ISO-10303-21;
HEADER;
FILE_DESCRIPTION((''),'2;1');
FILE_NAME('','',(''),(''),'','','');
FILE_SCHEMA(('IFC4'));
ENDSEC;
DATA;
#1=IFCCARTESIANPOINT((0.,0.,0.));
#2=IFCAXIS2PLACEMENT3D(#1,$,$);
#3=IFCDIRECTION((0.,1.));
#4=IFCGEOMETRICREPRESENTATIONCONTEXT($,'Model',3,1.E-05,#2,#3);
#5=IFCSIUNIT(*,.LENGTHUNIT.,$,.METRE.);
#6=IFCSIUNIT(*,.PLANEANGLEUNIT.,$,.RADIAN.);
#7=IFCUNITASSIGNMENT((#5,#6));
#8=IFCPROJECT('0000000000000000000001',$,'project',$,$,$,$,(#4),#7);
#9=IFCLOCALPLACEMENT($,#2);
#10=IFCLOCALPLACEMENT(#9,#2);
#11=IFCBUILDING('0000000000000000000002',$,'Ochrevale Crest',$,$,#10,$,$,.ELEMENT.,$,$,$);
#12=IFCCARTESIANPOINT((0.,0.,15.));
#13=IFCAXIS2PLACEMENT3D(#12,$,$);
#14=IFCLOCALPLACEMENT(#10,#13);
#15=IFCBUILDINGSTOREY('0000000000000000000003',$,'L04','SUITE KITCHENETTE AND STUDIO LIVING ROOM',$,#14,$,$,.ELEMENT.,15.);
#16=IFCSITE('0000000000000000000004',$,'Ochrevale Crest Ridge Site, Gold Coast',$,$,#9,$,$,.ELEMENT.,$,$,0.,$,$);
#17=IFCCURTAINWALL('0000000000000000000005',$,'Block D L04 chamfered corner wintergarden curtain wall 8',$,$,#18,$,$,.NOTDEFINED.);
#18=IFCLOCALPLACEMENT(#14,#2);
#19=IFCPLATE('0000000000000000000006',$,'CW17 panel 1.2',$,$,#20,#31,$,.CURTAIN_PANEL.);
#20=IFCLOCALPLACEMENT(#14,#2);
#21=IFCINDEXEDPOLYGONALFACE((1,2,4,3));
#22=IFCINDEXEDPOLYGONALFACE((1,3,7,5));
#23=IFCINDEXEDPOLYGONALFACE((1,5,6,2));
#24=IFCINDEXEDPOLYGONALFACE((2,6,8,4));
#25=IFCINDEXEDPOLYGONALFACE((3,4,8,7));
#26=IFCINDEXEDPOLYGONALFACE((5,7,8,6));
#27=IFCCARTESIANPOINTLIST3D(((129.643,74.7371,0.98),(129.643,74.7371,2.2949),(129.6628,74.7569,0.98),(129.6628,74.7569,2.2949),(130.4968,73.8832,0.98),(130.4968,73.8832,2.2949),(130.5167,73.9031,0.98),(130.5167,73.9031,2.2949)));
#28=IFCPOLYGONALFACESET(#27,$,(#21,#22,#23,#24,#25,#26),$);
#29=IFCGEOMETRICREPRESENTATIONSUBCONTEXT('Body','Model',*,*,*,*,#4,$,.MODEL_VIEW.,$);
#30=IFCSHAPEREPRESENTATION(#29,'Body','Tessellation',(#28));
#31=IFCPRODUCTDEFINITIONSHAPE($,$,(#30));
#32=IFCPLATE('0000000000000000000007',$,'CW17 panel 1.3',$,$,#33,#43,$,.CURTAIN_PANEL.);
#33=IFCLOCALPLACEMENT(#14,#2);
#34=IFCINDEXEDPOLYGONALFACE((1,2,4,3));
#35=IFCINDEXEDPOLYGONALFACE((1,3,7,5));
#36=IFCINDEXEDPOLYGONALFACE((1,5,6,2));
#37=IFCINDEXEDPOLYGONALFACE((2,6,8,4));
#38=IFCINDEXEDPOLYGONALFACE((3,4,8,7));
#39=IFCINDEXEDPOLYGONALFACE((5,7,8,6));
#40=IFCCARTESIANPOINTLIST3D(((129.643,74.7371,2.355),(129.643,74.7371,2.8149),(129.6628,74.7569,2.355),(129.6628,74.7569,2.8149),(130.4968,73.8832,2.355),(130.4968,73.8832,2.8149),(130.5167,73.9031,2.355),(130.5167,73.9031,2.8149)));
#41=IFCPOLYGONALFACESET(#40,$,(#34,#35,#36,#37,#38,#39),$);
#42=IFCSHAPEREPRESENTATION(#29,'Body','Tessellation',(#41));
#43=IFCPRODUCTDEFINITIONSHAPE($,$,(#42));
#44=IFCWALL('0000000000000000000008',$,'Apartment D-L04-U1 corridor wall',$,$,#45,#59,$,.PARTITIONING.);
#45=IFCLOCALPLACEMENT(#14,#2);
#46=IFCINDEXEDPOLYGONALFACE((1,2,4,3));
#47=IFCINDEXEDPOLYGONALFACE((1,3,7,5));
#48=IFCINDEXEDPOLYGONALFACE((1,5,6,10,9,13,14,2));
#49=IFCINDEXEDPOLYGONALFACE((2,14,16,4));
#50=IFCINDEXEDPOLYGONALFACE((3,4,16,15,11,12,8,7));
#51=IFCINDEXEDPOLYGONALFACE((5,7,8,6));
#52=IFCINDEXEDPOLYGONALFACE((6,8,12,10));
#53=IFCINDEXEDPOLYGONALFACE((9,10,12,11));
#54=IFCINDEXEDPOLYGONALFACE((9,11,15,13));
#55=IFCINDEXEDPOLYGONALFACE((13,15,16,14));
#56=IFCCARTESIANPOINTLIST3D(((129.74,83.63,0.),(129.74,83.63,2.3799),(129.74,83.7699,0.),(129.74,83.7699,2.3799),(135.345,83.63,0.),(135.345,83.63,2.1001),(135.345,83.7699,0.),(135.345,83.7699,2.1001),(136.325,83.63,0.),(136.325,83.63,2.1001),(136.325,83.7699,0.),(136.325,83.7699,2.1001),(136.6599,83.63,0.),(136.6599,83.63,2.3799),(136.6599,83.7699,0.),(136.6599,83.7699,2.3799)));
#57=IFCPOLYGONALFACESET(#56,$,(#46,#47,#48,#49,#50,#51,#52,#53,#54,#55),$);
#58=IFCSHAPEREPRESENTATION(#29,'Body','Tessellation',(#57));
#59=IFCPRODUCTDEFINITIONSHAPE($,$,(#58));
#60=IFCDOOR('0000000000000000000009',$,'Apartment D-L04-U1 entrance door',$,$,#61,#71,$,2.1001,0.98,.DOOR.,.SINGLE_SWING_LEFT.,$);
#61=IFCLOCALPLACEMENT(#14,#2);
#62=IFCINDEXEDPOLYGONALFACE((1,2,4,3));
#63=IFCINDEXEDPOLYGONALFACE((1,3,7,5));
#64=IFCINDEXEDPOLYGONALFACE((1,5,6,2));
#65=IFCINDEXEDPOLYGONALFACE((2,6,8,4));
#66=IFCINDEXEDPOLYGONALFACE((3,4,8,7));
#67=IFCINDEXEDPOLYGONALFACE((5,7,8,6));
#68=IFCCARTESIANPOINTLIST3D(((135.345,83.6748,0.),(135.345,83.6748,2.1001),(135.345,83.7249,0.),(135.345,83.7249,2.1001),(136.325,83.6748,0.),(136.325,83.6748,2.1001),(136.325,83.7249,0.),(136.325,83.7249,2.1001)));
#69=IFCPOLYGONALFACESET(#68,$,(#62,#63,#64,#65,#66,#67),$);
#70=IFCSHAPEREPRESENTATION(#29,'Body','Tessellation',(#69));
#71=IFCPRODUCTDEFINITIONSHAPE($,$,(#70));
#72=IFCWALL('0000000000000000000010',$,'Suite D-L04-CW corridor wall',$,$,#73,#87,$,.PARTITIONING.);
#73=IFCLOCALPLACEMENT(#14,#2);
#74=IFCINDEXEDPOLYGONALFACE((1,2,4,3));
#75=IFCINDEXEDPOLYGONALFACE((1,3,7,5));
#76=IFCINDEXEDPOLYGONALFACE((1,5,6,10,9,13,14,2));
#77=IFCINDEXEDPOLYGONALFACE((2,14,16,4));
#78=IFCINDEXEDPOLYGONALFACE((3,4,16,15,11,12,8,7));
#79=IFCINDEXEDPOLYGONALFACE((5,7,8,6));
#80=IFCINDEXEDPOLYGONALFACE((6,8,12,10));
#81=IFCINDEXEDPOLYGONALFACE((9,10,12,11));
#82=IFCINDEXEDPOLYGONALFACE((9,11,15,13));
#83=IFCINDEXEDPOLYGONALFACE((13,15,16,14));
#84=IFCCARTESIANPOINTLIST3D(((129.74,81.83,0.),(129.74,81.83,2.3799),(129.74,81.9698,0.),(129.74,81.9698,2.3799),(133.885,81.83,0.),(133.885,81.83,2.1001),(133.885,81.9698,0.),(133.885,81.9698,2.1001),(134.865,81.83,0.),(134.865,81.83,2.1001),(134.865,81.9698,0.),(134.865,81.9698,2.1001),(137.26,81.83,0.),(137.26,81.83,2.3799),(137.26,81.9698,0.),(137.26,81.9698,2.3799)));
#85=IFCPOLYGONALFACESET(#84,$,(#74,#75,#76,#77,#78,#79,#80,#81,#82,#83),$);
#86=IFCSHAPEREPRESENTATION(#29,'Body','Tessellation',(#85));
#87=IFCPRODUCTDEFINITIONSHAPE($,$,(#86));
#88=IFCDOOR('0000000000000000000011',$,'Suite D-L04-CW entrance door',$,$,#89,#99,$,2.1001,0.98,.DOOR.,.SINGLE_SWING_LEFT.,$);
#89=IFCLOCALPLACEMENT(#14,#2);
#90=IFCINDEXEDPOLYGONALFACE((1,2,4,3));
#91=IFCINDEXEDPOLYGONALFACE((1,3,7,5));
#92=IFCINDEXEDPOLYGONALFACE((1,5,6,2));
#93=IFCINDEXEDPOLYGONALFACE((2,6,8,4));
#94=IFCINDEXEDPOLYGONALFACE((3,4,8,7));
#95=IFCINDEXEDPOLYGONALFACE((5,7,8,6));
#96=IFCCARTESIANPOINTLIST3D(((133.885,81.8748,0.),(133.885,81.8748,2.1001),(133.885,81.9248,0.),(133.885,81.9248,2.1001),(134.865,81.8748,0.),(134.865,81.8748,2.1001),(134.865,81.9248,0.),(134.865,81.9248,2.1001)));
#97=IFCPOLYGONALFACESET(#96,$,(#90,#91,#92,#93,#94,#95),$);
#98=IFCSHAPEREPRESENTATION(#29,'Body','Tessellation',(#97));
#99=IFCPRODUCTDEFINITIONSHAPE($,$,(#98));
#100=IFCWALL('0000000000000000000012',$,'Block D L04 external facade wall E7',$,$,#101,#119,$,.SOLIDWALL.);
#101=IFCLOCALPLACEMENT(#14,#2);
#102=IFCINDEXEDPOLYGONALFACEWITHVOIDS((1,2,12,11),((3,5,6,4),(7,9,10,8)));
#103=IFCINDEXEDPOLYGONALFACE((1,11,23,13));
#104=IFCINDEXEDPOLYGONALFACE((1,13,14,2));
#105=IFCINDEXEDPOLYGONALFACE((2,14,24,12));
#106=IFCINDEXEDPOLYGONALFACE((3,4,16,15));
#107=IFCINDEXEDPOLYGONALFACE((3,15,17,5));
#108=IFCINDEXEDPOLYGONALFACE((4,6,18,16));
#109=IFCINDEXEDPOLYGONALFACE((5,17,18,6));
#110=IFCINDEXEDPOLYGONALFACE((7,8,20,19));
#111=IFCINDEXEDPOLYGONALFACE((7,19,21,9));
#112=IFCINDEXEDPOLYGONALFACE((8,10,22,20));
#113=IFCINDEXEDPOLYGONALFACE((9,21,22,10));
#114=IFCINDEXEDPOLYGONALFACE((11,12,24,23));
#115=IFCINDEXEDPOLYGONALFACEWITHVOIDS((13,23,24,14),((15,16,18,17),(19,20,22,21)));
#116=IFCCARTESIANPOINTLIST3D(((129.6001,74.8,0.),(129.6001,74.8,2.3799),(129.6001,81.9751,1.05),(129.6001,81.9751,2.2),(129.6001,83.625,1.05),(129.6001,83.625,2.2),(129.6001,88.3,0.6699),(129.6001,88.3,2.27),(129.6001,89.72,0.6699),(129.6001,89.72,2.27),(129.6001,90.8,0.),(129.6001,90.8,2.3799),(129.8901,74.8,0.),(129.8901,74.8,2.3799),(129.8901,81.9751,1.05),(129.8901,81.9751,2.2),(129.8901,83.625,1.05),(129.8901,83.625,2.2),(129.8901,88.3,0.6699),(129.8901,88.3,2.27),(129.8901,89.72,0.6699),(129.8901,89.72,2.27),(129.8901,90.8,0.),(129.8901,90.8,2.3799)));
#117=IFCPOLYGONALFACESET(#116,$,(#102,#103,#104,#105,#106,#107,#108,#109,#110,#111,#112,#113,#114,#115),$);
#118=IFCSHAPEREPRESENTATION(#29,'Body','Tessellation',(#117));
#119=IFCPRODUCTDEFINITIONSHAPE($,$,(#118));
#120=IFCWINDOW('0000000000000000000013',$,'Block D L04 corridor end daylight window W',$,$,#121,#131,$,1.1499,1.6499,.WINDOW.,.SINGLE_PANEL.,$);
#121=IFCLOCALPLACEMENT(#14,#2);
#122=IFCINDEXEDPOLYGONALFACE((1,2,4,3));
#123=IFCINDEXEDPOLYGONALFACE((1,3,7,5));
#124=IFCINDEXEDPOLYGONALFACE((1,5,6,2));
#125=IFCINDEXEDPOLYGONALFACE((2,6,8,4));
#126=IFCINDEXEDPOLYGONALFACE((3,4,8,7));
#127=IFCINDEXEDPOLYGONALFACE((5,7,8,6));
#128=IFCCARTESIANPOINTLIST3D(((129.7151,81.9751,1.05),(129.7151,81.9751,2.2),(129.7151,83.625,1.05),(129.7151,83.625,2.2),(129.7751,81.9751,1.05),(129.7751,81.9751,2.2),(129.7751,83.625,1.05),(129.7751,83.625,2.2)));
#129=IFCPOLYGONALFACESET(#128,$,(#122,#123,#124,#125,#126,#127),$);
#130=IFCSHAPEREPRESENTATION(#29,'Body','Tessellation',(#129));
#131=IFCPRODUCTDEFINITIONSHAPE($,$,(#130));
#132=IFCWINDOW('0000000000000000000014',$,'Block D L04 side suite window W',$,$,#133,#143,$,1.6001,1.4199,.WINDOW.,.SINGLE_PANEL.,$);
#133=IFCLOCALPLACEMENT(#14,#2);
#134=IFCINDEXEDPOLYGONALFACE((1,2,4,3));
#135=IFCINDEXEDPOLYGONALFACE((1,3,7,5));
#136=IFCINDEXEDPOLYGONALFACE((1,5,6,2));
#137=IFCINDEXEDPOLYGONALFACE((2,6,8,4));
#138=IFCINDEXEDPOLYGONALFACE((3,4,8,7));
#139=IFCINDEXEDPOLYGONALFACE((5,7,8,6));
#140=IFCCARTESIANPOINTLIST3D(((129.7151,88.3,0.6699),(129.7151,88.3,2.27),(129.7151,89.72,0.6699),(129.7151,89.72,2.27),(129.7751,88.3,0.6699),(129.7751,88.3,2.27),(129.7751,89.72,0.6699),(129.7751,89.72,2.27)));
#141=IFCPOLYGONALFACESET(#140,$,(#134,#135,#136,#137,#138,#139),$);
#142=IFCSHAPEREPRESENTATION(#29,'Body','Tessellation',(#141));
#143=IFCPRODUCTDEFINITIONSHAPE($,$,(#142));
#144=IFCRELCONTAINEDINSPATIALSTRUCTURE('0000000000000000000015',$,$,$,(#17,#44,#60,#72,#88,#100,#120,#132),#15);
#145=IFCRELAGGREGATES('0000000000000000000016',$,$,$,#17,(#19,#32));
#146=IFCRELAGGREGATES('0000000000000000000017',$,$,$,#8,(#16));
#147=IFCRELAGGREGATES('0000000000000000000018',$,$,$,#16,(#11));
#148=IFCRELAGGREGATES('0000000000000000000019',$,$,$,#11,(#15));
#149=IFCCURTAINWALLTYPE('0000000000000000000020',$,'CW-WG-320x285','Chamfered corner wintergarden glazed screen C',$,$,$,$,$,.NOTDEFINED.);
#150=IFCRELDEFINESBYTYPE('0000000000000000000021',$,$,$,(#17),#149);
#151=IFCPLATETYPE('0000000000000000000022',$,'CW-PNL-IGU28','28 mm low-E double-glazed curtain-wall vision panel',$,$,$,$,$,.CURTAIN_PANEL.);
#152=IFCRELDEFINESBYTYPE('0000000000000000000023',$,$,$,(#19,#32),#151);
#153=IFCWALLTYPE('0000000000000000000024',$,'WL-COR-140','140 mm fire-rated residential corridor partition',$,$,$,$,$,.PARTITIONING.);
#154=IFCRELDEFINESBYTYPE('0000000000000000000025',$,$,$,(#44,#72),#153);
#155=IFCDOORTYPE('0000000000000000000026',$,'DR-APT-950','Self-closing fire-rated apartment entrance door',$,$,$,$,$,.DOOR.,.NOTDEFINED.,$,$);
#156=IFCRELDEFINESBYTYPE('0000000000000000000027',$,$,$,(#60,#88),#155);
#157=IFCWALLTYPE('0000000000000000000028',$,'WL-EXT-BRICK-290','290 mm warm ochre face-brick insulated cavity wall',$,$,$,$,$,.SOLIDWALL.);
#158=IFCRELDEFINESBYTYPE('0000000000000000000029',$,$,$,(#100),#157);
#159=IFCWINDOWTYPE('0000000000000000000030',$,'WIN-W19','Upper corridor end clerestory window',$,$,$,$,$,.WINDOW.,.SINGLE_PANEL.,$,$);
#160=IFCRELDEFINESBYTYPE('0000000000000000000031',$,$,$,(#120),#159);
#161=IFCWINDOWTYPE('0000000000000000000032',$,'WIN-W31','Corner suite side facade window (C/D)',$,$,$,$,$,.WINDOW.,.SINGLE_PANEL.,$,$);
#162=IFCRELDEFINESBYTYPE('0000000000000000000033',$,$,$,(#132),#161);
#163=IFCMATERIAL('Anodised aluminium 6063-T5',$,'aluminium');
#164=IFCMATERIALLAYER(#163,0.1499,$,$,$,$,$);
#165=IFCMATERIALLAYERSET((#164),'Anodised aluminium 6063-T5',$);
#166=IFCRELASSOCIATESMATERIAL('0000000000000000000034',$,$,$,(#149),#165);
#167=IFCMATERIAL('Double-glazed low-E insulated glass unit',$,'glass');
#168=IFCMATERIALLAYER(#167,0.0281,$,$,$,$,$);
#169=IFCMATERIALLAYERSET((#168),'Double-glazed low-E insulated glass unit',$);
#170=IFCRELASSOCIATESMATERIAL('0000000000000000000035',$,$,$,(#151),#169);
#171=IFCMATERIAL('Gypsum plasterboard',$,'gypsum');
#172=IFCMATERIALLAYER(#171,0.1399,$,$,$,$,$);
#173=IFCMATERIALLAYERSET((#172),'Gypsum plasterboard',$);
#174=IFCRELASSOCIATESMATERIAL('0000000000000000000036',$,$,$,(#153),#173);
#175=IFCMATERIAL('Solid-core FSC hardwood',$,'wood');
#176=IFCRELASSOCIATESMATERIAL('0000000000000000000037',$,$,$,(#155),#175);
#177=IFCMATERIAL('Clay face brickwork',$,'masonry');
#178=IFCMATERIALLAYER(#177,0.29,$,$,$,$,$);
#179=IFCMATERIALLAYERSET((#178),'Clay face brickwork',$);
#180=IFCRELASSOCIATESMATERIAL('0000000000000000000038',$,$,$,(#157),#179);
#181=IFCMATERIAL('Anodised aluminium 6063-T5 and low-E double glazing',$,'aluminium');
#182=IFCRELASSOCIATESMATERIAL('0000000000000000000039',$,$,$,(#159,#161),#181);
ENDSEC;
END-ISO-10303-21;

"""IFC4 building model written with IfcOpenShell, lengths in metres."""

from ifc_helpers import new_model, si_unit, direction, frame, frame_2d, origin, origin_2d, place, context, subcontext, project, spatial, rectangle, extrude, material, layer, layer_set, type_object, element, fill, aggregate, save


model = new_model("IFC4")

# Units and contexts
model_context = context("Model", 3, precision=1e-05, world=origin(), true_north=direction((0.0, 1.0)))
body_context = subcontext(model_context, "Body", "Model", "MODEL_VIEW")
ifc_project = project(units=[si_unit("LENGTHUNIT", "METRE"), si_unit("PLANEANGLEUNIT", "RADIAN")], contexts=[model_context])

# Site, building, storey
site_placement = place(None, origin())
site = spatial("IfcSite", under=ifc_project, at=site_placement, Name="Ochrevale Crest Ridge Site, Gold Coast", CompositionType="ELEMENT", RefElevation=0.0)
building_placement = place(site_placement, origin())
building = spatial("IfcBuilding", under=site, at=building_placement, Name="Ochrevale Crest", CompositionType="ELEMENT")
storey_placement = place(building_placement, frame((0.0, 0.0, 15.0)))
storey = spatial("IfcBuildingStorey", under=building, at=storey_placement, Name="L04", Description="SUITE KITCHENETTE AND STUDIO LIVING ROOM", CompositionType="ELEMENT", Elevation=15.0)

# Curtain wall
ifc_material_1 = material(Name="Anodised aluminium 6063-T5", Category="aluminium")
ifc_layer_1 = layer(ifc_material_1, 0.1499)
ifc_layer_set_1 = layer_set([ifc_layer_1], Name="Anodised aluminium 6063-T5")
curtain_wall_type_1 = type_object("IfcCurtainWallType", Name="CW-WG-320x285", Description="Chamfered corner wintergarden glazed screen C", PredefinedType="NOTDEFINED", material=ifc_layer_set_1)
curtain_wall_1_placement = place(storey_placement, origin())
curtain_wall_1 = element("IfcCurtainWall", 1, at=curtain_wall_1_placement, inside=storey, type_object=curtain_wall_type_1, Name="Block D L04 chamfered corner wintergarden curtain wall 8", PredefinedType="NOTDEFINED")

# Plates
ifc_material_2 = material(Name="Double-glazed low-E insulated glass unit", Category="glass")
ifc_layer_2 = layer(ifc_material_2, 0.0281)
ifc_layer_set_2 = layer_set([ifc_layer_2], Name="Double-glazed low-E insulated glass unit")
plate_type = type_object("IfcPlateType", Name="CW-PNL-IGU28", Description="28 mm low-E double-glazed curtain-wall vision panel", PredefinedType="CURTAIN_PANEL", material=ifc_layer_set_2)
plate_1_placement = place(storey_placement, frame((130.0798, 74.3201, 0.98), z_axis=(0.0, 0.0, 1.0), x_axis=(0.707107, -0.707107, 0.0)))
plate_1 = element("IfcPlate", 2, at=plate_1_placement, type_object=plate_type, Name="CW17 panel 1.2", PredefinedType="CURTAIN_PANEL", context=body_context, shape_type="SweptSolid", body=[
    extrude(rectangle(XDim=1.2075, YDim=0.0281, at=origin_2d()), origin(), (0.0, 0.0, 1.0), 1.3149),
])
plate_2_placement = place(storey_placement, frame((130.0798, 74.3201, 2.355), z_axis=(0.0, 0.0, 1.0), x_axis=(0.707107, -0.707107, 0.0)))
plate_2 = element("IfcPlate", 3, at=plate_2_placement, type_object=plate_type, Name="CW17 panel 1.3", PredefinedType="CURTAIN_PANEL", context=body_context, shape_type="SweptSolid", body=[
    extrude(rectangle(XDim=1.2075, YDim=0.0281, at=origin_2d()), origin(), (0.0, 0.0, 1.0), 0.46),
])
aggregate(curtain_wall_1, [plate_1, plate_2])

# Walls, openings, doors
ifc_material_3 = material(Name="Gypsum plasterboard", Category="gypsum")
ifc_layer_3 = layer(ifc_material_3, 0.1399)
ifc_layer_set_3 = layer_set([ifc_layer_3], Name="Gypsum plasterboard")
wall_type_1 = type_object("IfcWallType", Name="WL-COR-140", Description="140 mm fire-rated residential corridor partition", PredefinedType="PARTITIONING", material=ifc_layer_set_3)
wall_1_placement = place(storey_placement, frame((129.74, 83.7, 0.0), z_axis=(0.0, 0.0, 1.0), x_axis=(1.0, 0.0, 0.0)))
wall_1 = element("IfcWall", 4, at=wall_1_placement, inside=storey, type_object=wall_type_1, Name="Apartment D-L04-U1 corridor wall", PredefinedType="PARTITIONING", context=body_context, shape_type="SweptSolid", body=[
    extrude(rectangle(XDim=6.9199, YDim=0.1399, at=frame_2d((3.46, 0.0))), origin(), (0.0, 0.0, 1.0), 2.3799),
])
opening_1_placement = place(wall_1_placement, frame((5.605, 0.0, 0.0)))
opening_1 = element("IfcOpeningElement", 5, at=opening_1_placement, cuts=wall_1, PredefinedType="OPENING", context=body_context, shape_type="SweptSolid", body=[
    extrude(rectangle(XDim=0.98, YDim=2.1001, at=frame_2d((0.49, 1.05))), frame((0.0, 0.0801, 0.0), z_axis=(0.0, -1.0, 0.0), x_axis=(1.0, 0.0, 0.0)), (0.0, 0.0, 1.0), 0.1599),
])
ifc_material_4 = material(Name="Solid-core FSC hardwood", Category="wood")
door_type_1 = type_object("IfcDoorType", Name="DR-APT-950", Description="Self-closing fire-rated apartment entrance door", OperationType="NOTDEFINED", PredefinedType="DOOR", material=ifc_material_4)
door_1_placement = place(opening_1_placement, origin())
door_1 = element("IfcDoor", 6, at=door_1_placement, inside=storey, type_object=door_type_1, Name="Apartment D-L04-U1 entrance door", OperationType="SINGLE_SWING_LEFT", OverallHeight=2.1001, OverallWidth=0.98, PredefinedType="DOOR", context=body_context, shape_type="SweptSolid", body=[
    extrude(rectangle(XDim=0.98, YDim=2.1001, at=frame_2d((0.49, 1.05))), frame((0.0, 0.0249, 0.0), z_axis=(0.0, -1.0, 0.0), x_axis=(1.0, 0.0, 0.0)), (0.0, 0.0, 1.0), 0.05),
])
fill(opening_1, door_1)
wall_2_placement = place(storey_placement, frame((129.74, 81.8999, 0.0), z_axis=(0.0, 0.0, 1.0), x_axis=(1.0, 0.0, 0.0)))
wall_2 = element("IfcWall", 7, at=wall_2_placement, inside=storey, type_object=wall_type_1, Name="Suite D-L04-CW corridor wall", PredefinedType="PARTITIONING", context=body_context, shape_type="SweptSolid", body=[
    extrude(rectangle(XDim=7.52, YDim=0.1399, at=frame_2d((3.76, 0.0))), origin(), (0.0, 0.0, 1.0), 2.3799),
])
opening_2_placement = place(wall_2_placement, frame((4.145, 0.0, 0.0)))
opening_2 = element("IfcOpeningElement", 8, at=opening_2_placement, cuts=wall_2, PredefinedType="OPENING", context=body_context, shape_type="SweptSolid", body=[
    extrude(rectangle(XDim=0.98, YDim=2.1001, at=frame_2d((0.49, 1.05))), frame((0.0, 0.0801, 0.0), z_axis=(0.0, -1.0, 0.0), x_axis=(1.0, 0.0, 0.0)), (0.0, 0.0, 1.0), 0.1599),
])
door_2_placement = place(opening_2_placement, origin())
door_2 = element("IfcDoor", 9, at=door_2_placement, inside=storey, type_object=door_type_1, Name="Suite D-L04-CW entrance door", OperationType="SINGLE_SWING_LEFT", OverallHeight=2.1001, OverallWidth=0.98, PredefinedType="DOOR", context=body_context, shape_type="SweptSolid", body=[
    extrude(rectangle(XDim=0.98, YDim=2.1001, at=frame_2d((0.49, 1.05))), frame((0.0, 0.0249, 0.0), z_axis=(0.0, -1.0, 0.0), x_axis=(1.0, 0.0, 0.0)), (0.0, 0.0, 1.0), 0.05),
])
fill(opening_2, door_2)

# Wall, openings, windows
ifc_material_5 = material(Name="Clay face brickwork", Category="masonry")
ifc_layer_4 = layer(ifc_material_5, 0.29)
ifc_layer_set_4 = layer_set([ifc_layer_4], Name="Clay face brickwork")
wall_type_2 = type_object("IfcWallType", Name="WL-EXT-BRICK-290", Description="290 mm warm ochre face-brick insulated cavity wall", PredefinedType="SOLIDWALL", material=ifc_layer_set_4)
wall_3_placement = place(storey_placement, frame((129.7451, 90.8, 0.0), z_axis=(0.0, 0.0, 1.0), x_axis=(0.0, -1.0, 0.0)))
wall_3 = element("IfcWall", 10, at=wall_3_placement, inside=storey, type_object=wall_type_2, Name="Block D L04 external facade wall E7", PredefinedType="SOLIDWALL", context=body_context, shape_type="SweptSolid", body=[
    extrude(rectangle(XDim=16.0, YDim=0.29, at=frame_2d((8.0, 0.0))), origin(), (0.0, 0.0, 1.0), 2.3799),
])
opening_3_placement = place(wall_3_placement, frame((7.175, 0.0, 1.05)))
opening_3 = element("IfcOpeningElement", 11, at=opening_3_placement, cuts=wall_3, PredefinedType="OPENING", context=body_context, shape_type="SweptSolid", body=[
    extrude(rectangle(XDim=1.6499, YDim=1.1499, at=frame_2d((0.825, 0.575))), frame((0.0, 0.155, 0.0), z_axis=(0.0, -1.0, 0.0), x_axis=(1.0, 0.0, 0.0)), (0.0, 0.0, 1.0), 0.3101),
])
opening_4_placement = place(wall_3_placement, frame((1.0801, 0.0, 0.6699)))
opening_4 = element("IfcOpeningElement", 12, at=opening_4_placement, cuts=wall_3, PredefinedType="OPENING", context=body_context, shape_type="SweptSolid", body=[
    extrude(rectangle(XDim=1.4199, YDim=1.6001, at=frame_2d((0.71, 0.8))), frame((0.0, 0.155, 0.0), z_axis=(0.0, -1.0, 0.0), x_axis=(1.0, 0.0, 0.0)), (0.0, 0.0, 1.0), 0.3101),
])
ifc_material_6 = material(Name="Anodised aluminium 6063-T5 and low-E double glazing", Category="aluminium")
window_type_1 = type_object("IfcWindowType", Name="WIN-W19", Description="Upper corridor end clerestory window", PartitioningType="SINGLE_PANEL", PredefinedType="WINDOW", material=ifc_material_6)
window_1_placement = place(opening_3_placement, origin())
window_1 = element("IfcWindow", 13, at=window_1_placement, inside=storey, type_object=window_type_1, Name="Block D L04 corridor end daylight window W", OverallHeight=1.1499, OverallWidth=1.6499, PartitioningType="SINGLE_PANEL", PredefinedType="WINDOW", context=body_context, shape_type="SweptSolid", body=[
    extrude(rectangle(XDim=1.6499, YDim=1.1499, at=frame_2d((0.825, 0.575))), frame((0.0, 0.03, 0.0), z_axis=(0.0, -1.0, 0.0), x_axis=(1.0, 0.0, 0.0)), (0.0, 0.0, 1.0), 0.0601),
])
fill(opening_3, window_1)
window_type_2 = type_object("IfcWindowType", Name="WIN-W31", Description="Corner suite side facade window (C/D)", PartitioningType="SINGLE_PANEL", PredefinedType="WINDOW", material=ifc_material_6)
window_2_placement = place(opening_4_placement, origin())
window_2 = element("IfcWindow", 14, at=window_2_placement, inside=storey, type_object=window_type_2, Name="Block D L04 side suite window W", OverallHeight=1.6001, OverallWidth=1.4199, PartitioningType="SINGLE_PANEL", PredefinedType="WINDOW", context=body_context, shape_type="SweptSolid", body=[
    extrude(rectangle(XDim=1.4199, YDim=1.6001, at=frame_2d((0.71, 0.8))), frame((0.0, 0.03, 0.0), z_axis=(0.0, -1.0, 0.0), x_axis=(1.0, 0.0, 0.0)), (0.0, 0.0, 1.0), 0.0601),
])
fill(opening_4, window_2)

save(model, "model.ifc")
